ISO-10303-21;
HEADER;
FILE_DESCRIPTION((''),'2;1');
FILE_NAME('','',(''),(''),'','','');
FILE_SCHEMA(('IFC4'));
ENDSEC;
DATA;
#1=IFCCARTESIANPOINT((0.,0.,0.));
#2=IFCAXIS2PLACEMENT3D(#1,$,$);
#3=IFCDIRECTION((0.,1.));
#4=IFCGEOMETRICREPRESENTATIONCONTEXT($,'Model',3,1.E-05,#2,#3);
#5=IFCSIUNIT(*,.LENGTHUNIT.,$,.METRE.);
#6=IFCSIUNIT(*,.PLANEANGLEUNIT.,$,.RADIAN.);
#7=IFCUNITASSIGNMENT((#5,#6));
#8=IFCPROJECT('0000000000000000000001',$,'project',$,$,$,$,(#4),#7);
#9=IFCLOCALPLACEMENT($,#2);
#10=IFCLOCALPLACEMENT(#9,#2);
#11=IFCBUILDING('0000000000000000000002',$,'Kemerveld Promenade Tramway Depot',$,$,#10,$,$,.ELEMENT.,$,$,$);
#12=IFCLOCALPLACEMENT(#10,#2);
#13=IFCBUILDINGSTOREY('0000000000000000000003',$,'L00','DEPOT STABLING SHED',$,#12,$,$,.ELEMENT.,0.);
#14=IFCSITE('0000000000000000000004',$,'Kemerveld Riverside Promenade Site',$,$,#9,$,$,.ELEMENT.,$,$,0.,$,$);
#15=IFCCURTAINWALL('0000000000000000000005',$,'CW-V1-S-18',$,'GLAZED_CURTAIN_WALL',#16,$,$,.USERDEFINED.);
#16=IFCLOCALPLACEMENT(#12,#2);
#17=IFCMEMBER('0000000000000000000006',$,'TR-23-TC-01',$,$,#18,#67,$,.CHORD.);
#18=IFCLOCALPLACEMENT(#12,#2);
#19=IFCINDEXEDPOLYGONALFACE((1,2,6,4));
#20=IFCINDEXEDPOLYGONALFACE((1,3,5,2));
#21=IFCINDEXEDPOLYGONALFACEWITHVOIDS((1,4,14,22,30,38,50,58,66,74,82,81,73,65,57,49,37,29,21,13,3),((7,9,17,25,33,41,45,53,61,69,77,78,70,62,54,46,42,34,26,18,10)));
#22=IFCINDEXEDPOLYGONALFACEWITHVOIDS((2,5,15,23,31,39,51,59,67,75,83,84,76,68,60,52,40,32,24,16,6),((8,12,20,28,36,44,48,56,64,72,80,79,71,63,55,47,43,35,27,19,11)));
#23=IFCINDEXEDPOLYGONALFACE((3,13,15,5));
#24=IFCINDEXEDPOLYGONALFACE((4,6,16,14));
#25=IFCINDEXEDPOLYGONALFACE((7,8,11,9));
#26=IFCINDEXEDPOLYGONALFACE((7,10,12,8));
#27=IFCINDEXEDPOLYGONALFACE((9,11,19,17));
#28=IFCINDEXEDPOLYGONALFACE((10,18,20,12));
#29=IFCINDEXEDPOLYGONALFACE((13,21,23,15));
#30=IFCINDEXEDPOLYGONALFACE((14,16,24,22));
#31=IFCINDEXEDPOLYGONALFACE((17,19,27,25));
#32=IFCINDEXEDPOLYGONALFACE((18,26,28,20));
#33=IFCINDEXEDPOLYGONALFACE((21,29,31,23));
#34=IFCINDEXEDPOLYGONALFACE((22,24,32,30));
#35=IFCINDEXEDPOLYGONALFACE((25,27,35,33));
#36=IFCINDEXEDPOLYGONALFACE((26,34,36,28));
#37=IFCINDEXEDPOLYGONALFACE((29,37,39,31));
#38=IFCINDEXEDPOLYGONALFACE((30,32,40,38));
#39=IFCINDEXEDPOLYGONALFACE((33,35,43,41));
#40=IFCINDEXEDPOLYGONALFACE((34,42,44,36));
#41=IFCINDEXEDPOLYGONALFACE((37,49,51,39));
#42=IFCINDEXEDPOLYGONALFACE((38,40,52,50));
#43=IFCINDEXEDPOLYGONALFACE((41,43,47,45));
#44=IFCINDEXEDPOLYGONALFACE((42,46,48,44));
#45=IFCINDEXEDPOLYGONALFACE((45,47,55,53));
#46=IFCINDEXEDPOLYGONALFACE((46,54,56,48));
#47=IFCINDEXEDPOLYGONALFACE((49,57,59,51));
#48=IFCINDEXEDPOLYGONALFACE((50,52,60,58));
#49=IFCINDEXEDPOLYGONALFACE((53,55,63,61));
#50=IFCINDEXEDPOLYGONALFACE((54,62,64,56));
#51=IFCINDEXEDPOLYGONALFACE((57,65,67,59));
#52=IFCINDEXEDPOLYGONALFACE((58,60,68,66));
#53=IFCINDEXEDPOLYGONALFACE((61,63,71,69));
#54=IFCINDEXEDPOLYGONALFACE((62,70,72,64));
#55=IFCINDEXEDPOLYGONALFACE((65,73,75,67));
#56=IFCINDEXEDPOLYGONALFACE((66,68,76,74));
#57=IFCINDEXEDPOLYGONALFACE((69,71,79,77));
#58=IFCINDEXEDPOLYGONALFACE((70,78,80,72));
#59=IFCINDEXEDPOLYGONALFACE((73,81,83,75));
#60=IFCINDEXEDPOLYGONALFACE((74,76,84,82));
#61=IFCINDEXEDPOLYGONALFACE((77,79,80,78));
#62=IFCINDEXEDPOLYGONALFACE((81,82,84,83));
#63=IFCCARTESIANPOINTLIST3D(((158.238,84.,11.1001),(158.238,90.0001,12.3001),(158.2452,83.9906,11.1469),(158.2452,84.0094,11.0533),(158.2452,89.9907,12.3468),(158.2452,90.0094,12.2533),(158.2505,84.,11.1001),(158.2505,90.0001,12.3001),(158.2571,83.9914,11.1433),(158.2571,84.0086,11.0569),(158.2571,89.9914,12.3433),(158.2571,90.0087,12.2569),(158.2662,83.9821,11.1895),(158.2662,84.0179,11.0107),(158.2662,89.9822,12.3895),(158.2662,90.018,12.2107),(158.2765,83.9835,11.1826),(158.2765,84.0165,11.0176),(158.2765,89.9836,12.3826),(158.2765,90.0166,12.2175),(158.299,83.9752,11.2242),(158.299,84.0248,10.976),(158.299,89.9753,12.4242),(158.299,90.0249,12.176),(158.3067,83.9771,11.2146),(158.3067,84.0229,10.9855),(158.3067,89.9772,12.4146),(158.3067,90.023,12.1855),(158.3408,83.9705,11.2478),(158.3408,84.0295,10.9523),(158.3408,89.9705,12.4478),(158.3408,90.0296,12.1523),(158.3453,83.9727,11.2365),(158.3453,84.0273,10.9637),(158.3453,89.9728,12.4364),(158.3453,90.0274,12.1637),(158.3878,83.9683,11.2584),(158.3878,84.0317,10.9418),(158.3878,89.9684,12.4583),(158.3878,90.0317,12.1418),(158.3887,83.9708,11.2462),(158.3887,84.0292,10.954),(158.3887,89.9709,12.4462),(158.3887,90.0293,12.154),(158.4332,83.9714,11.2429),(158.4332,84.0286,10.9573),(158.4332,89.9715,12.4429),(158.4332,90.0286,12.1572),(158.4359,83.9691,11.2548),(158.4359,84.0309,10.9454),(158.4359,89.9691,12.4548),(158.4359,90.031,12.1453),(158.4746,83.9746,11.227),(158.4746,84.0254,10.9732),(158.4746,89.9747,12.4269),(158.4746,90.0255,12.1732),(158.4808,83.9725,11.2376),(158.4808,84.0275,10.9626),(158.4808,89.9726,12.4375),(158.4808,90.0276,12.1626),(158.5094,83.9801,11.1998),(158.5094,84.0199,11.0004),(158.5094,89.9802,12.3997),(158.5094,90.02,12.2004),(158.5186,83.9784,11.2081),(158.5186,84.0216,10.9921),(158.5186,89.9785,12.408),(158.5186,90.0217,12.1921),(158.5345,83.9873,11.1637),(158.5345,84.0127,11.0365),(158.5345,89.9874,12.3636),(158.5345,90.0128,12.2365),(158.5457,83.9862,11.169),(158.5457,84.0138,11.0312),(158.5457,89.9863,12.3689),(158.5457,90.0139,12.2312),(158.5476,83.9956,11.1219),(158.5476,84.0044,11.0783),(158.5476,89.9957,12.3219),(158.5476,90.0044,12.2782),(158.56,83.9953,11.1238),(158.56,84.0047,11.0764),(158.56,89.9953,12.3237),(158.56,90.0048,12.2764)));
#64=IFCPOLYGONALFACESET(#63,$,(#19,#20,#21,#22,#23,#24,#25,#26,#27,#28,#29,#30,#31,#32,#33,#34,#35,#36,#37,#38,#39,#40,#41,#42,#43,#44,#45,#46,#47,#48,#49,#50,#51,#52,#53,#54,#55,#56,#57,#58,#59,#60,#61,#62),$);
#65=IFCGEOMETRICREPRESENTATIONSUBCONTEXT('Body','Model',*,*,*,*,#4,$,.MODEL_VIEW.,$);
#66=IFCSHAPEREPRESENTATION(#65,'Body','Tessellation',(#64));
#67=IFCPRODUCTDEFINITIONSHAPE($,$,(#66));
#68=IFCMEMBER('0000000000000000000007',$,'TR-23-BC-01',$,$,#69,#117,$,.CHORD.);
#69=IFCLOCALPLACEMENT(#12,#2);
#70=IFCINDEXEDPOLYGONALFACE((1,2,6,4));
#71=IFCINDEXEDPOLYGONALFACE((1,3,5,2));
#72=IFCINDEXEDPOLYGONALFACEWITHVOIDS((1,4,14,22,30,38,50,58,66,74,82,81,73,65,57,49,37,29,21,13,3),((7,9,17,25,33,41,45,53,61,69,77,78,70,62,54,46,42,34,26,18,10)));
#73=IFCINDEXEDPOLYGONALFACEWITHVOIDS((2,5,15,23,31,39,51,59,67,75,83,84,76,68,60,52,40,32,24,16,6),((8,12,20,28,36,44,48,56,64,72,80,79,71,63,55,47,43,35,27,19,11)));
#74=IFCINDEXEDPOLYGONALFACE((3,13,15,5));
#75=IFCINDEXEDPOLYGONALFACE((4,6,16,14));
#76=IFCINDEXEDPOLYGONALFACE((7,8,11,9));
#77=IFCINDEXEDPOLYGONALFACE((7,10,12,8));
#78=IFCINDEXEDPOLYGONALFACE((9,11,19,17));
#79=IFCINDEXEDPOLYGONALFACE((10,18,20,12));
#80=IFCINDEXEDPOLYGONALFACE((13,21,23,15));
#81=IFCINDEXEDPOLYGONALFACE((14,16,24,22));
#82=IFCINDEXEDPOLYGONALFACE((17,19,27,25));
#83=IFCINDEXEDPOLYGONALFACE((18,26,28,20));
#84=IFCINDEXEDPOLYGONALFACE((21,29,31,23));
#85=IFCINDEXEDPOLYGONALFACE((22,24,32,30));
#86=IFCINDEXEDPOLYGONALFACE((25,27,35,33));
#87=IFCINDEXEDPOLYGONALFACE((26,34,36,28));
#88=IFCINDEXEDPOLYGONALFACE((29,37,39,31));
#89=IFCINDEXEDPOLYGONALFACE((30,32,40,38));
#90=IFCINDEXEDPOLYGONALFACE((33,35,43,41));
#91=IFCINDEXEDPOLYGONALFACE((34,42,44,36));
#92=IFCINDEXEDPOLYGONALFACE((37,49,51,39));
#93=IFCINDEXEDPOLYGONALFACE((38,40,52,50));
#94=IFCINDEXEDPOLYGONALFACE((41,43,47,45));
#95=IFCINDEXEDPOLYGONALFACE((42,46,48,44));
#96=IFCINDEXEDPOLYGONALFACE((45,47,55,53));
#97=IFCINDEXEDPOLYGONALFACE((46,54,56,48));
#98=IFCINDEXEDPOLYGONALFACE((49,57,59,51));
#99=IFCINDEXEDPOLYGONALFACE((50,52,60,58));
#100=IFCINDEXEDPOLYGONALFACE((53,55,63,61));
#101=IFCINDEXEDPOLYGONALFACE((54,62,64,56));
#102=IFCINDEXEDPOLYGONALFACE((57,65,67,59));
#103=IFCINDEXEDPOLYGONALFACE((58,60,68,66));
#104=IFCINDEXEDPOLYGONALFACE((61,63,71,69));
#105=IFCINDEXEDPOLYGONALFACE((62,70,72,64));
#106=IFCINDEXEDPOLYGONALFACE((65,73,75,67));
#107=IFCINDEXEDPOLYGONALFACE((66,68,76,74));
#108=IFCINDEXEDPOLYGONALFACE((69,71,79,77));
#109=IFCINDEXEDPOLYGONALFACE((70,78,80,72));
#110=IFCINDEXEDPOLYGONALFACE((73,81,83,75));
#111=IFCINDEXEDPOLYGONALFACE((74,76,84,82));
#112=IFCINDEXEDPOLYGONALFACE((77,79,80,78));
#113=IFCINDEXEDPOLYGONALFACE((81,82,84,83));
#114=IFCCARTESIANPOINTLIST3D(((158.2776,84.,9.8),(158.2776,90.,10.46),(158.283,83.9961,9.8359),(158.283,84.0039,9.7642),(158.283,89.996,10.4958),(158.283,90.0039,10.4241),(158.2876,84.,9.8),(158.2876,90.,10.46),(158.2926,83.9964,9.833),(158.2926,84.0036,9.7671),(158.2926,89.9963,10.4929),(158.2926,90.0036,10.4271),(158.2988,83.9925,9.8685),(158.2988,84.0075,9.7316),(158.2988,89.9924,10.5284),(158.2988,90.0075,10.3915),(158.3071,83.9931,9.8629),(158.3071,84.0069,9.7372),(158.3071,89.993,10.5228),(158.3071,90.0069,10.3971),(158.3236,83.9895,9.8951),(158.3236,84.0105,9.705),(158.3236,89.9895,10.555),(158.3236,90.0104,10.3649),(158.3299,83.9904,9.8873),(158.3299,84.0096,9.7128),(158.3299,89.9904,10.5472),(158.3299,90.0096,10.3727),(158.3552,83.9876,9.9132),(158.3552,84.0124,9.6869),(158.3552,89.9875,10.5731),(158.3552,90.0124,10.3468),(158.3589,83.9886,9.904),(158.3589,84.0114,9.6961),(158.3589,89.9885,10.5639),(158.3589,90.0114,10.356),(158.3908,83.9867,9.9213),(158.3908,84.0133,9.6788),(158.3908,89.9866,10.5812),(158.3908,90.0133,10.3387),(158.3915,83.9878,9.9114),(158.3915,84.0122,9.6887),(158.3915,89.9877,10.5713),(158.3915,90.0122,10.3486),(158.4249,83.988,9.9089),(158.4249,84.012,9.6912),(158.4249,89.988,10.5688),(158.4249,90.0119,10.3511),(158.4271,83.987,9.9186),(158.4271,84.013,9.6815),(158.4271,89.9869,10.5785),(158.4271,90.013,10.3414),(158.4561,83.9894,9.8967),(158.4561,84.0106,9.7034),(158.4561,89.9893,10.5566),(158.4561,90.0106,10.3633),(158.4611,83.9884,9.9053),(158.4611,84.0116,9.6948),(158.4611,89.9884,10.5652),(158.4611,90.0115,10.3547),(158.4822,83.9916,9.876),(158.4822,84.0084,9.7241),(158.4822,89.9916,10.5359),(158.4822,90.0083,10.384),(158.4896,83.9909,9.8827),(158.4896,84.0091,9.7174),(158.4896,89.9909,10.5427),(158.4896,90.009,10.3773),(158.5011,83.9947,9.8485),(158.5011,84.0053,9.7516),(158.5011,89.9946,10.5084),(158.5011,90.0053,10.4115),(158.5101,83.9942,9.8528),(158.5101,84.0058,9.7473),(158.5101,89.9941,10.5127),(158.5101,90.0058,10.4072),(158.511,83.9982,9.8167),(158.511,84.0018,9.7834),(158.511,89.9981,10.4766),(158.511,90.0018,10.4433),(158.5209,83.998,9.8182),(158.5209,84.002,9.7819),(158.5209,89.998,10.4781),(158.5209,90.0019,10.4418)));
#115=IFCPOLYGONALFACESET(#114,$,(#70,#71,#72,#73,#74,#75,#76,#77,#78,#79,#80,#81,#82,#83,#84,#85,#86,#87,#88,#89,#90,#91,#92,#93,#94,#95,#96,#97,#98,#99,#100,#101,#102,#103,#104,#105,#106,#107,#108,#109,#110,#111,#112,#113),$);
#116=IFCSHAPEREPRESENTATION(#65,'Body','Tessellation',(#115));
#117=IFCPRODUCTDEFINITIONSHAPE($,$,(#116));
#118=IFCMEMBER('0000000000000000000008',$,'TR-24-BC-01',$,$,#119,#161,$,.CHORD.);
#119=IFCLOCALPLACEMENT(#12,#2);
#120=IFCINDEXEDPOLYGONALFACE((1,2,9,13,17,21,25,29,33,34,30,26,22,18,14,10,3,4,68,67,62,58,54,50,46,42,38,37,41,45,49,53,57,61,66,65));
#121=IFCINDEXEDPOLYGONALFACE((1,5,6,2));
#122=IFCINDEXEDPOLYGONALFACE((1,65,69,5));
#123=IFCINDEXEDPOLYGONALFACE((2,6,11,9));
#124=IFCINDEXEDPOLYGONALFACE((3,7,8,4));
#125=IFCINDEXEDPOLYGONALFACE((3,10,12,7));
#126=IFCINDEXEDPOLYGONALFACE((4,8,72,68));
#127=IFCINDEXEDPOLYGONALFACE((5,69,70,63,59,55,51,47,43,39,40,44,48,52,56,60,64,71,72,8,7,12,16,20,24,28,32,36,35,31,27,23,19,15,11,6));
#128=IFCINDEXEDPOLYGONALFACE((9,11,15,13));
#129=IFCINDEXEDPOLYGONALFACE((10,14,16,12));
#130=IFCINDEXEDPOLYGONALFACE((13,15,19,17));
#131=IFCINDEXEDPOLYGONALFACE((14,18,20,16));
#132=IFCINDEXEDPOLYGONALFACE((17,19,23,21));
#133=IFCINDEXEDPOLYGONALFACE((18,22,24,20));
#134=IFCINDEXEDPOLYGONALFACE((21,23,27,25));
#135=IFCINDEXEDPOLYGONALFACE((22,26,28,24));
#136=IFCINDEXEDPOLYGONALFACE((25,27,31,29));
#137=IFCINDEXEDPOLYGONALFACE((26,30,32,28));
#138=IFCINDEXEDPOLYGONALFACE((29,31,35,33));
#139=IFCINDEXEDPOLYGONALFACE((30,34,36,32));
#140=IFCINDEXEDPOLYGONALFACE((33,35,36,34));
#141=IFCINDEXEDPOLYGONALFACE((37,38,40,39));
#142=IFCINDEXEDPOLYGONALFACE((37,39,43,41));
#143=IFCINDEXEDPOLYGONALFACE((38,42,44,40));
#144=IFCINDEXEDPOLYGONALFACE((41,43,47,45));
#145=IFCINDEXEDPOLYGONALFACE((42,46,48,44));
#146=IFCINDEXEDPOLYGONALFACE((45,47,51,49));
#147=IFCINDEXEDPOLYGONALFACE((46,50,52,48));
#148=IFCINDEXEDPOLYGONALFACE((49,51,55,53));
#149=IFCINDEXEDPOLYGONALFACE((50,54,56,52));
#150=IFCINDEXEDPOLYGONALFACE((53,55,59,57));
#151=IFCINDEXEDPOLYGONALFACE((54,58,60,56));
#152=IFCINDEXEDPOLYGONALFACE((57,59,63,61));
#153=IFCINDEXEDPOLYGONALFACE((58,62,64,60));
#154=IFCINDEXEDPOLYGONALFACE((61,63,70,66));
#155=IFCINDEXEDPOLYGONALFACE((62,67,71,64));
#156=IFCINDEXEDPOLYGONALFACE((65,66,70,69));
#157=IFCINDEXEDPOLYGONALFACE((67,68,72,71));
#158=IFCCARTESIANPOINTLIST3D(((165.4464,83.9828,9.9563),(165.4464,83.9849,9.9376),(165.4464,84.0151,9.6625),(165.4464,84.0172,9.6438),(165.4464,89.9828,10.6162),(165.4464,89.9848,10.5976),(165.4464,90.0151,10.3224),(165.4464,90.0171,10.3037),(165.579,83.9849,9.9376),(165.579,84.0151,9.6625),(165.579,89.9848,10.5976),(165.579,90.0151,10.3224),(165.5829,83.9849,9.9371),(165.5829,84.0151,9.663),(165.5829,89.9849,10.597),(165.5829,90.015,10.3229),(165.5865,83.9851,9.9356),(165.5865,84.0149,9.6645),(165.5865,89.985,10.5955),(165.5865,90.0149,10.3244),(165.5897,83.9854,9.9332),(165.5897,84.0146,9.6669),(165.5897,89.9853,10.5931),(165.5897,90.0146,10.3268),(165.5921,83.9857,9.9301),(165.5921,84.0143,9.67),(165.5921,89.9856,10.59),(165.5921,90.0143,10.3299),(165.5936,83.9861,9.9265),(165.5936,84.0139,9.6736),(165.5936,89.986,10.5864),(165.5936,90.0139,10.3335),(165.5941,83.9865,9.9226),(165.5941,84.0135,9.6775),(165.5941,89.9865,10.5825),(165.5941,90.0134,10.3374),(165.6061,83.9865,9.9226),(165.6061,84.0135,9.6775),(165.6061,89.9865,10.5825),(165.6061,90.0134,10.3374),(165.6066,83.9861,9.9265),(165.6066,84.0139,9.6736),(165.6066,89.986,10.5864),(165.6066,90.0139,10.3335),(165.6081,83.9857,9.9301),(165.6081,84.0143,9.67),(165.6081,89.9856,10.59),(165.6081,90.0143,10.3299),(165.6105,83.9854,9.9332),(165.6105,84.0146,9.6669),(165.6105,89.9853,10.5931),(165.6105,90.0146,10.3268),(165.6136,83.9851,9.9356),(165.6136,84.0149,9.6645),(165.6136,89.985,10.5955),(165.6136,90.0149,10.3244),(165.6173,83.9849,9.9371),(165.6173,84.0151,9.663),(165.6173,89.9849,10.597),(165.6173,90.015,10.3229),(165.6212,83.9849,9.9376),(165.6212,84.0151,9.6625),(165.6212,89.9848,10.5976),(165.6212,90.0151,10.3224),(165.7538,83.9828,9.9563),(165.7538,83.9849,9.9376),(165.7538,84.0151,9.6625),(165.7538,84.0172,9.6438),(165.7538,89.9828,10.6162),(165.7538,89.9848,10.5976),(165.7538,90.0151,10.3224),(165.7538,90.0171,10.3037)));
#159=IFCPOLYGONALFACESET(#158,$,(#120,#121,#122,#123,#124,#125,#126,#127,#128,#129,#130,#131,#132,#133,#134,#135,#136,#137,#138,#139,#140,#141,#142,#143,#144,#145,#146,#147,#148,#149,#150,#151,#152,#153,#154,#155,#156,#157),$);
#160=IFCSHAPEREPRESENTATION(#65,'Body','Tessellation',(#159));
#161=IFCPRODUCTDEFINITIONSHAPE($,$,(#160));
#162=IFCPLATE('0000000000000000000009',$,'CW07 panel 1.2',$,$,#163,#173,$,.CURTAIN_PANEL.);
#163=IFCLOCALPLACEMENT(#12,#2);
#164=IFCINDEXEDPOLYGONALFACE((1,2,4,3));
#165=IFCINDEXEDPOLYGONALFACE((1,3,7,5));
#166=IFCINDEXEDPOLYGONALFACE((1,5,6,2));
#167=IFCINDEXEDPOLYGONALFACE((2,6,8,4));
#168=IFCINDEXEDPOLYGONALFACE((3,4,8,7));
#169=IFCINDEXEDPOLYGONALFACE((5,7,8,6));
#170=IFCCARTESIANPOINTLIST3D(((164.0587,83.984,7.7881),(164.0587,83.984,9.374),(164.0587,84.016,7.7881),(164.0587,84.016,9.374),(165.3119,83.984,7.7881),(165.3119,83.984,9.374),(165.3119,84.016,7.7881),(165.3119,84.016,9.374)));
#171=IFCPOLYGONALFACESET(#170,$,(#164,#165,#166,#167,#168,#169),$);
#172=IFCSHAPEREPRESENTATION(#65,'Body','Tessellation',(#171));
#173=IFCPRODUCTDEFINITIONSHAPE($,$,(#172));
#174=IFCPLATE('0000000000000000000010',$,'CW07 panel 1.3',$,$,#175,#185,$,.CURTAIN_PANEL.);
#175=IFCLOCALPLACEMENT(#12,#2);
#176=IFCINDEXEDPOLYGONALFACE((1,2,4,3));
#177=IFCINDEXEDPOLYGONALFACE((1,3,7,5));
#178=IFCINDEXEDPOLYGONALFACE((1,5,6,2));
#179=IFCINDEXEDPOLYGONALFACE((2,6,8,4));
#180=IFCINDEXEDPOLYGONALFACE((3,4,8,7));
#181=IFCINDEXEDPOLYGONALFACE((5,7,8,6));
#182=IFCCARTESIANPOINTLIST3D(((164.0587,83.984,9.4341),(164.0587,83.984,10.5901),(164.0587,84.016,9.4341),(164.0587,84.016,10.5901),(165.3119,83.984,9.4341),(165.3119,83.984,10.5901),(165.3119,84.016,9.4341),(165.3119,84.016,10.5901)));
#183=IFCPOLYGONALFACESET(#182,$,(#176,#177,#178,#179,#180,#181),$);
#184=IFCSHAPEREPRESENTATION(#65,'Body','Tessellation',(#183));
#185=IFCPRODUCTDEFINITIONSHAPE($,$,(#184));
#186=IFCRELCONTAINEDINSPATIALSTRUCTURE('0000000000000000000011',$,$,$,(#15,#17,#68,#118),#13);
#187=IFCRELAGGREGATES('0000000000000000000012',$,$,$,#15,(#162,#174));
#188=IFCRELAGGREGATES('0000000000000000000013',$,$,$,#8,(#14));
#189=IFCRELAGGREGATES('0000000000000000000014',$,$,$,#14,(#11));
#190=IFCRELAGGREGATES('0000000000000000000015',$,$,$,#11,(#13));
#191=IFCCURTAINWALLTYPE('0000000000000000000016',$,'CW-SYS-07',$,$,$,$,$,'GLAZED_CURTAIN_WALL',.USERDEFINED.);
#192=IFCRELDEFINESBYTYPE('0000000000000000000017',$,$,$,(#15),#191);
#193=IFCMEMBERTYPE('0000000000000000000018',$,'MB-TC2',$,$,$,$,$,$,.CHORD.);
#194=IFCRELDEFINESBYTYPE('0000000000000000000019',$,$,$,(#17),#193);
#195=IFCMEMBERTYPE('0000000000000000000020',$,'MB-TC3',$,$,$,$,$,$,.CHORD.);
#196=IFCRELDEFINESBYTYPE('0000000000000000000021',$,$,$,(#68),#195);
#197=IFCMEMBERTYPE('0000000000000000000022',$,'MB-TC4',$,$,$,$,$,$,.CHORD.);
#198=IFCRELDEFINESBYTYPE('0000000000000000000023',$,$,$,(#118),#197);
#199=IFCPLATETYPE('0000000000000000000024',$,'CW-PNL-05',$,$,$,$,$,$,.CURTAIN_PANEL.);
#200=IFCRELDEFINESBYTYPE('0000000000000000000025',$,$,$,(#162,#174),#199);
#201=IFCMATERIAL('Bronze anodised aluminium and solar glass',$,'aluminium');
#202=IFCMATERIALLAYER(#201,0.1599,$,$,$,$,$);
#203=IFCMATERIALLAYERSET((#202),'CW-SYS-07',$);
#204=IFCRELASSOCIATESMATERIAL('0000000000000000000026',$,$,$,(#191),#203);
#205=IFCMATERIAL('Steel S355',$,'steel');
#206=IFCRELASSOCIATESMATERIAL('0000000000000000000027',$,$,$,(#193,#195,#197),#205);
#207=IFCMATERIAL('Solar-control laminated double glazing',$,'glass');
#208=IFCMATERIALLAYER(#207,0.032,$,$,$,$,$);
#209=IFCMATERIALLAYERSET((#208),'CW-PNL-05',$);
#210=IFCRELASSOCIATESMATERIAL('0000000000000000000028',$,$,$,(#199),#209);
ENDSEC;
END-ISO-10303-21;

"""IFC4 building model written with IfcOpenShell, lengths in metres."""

from ifc_helpers import new_model, si_unit, direction, frame, origin, origin_2d, place, context, subcontext, project, spatial, rectangle, hollow_circle, i_section, extrude, material, layer, layer_set, material_profile, profile_set, type_object, element, aggregate, save


model = new_model("IFC4")

# Units and contexts
model_context = context("Model", 3, precision=1e-05, world=origin(), true_north=direction((0.0, 1.0)))
body_context = subcontext(model_context, "Body", "Model", "MODEL_VIEW")
ifc_project = project(units=[si_unit("LENGTHUNIT", "METRE"), si_unit("PLANEANGLEUNIT", "RADIAN")], contexts=[model_context])

# Site, building, storey
site_placement = place(None, origin())
site = spatial("IfcSite", under=ifc_project, at=site_placement, Name="Kemerveld Riverside Promenade Site", CompositionType="ELEMENT", RefElevation=0.0)
building_placement = place(site_placement, origin())
building = spatial("IfcBuilding", under=site, at=building_placement, Name="Kemerveld Promenade Tramway Depot", CompositionType="ELEMENT")
storey_placement = place(building_placement, origin())
storey = spatial("IfcBuildingStorey", under=building, at=storey_placement, Name="L00", Description="DEPOT STABLING SHED", CompositionType="ELEMENT", Elevation=0.0)

# Shared definitions
ifc_material_1 = material(Name="Steel S355", Category="steel")

# Curtain wall
ifc_material_2 = material(Name="Bronze anodised aluminium and solar glass", Category="aluminium")
ifc_layer_1 = layer(ifc_material_2, 0.1599)
ifc_layer_set_1 = layer_set([ifc_layer_1], Name="CW-SYS-07")
curtain_wall_type_1 = type_object("IfcCurtainWallType", Name="CW-SYS-07", ElementType="GLAZED_CURTAIN_WALL", PredefinedType="USERDEFINED", material=ifc_layer_set_1)
curtain_wall_1_placement = place(storey_placement, origin())
curtain_wall_1 = element("IfcCurtainWall", 1, at=curtain_wall_1_placement, inside=storey, type_object=curtain_wall_type_1, Name="CW-V1-S-18", ObjectType="GLAZED_CURTAIN_WALL", PredefinedType="USERDEFINED")

# Members
ifc_material_profile_1 = material_profile(ifc_material_1, hollow_circle(Radius=0.1619, WallThickness=0.0125, at=origin_2d()), Name="323.9x12.5 CHS")
ifc_profile_set_1 = profile_set([ifc_material_profile_1], Name="Steel S355")
member_type_1 = type_object("IfcMemberType", Name="MB-TC2", PredefinedType="CHORD", material=ifc_profile_set_1)
member_1_placement = place(storey_placement, frame((158.3999, 84.0, 11.1001), z_axis=(0.0, 0.980582, 0.196108), x_axis=(-1.0, 0.0, 0.0)))
element("IfcMember", 2, at=member_1_placement, inside=storey, type_object=member_type_1, Name="TR-23-TC-01", PredefinedType="CHORD", context=body_context, shape_type="SweptSolid", body=[
    extrude(hollow_circle(Radius=0.1619, WallThickness=0.0125, at=origin_2d()), origin(), (0.0, 0.0, 1.0), 6.1189),
])
ifc_material_profile_2 = material_profile(ifc_material_1, hollow_circle(Radius=0.1223, WallThickness=0.01, at=origin_2d()), Name="244.5x10.0 CHS")
ifc_profile_set_2 = profile_set([ifc_material_profile_2], Name="Steel S355")
member_type_2 = type_object("IfcMemberType", Name="MB-TC3", PredefinedType="CHORD", material=ifc_profile_set_2)
member_2_placement = place(storey_placement, frame((158.3999, 84.0, 9.8), z_axis=(0.0, 0.994006, 0.109326), x_axis=(-1.0, 0.0, 0.0)))
element("IfcMember", 3, at=member_2_placement, inside=storey, type_object=member_type_2, Name="TR-23-BC-01", PredefinedType="CHORD", context=body_context, shape_type="SweptSolid", body=[
    extrude(hollow_circle(Radius=0.1223, WallThickness=0.01, at=origin_2d()), origin(), (0.0, 0.0, 1.0), 6.0361),
])
ifc_material_profile_3 = material_profile(ifc_material_1, i_section(OverallWidth=0.3074, OverallDepth=0.3145, WebThickness=0.012, FlangeThickness=0.0188, FilletRadius=0.0151, at=origin_2d()), Name="305x305x118 UC")
ifc_profile_set_3 = profile_set([ifc_material_profile_3], Name="Steel S355")
member_type_3 = type_object("IfcMemberType", Name="MB-TC4", PredefinedType="CHORD", material=ifc_profile_set_3)
member_3_placement = place(storey_placement, frame((165.6001, 84.0, 9.8), z_axis=(0.0, 0.994006, 0.109326), x_axis=(-1.0, 0.0, 0.0)))
element("IfcMember", 4, at=member_3_placement, inside=storey, type_object=member_type_3, Name="TR-24-BC-01", PredefinedType="CHORD", context=body_context, shape_type="SweptSolid", body=[
    extrude(i_section(OverallWidth=0.3074, OverallDepth=0.3145, WebThickness=0.012, FlangeThickness=0.0188, FilletRadius=0.0151, at=origin_2d()), origin(), (0.0, 0.0, 1.0), 6.0361),
])

# Plates
ifc_material_3 = material(Name="Solar-control laminated double glazing", Category="glass")
ifc_layer_2 = layer(ifc_material_3, 0.032)
ifc_layer_set_2 = layer_set([ifc_layer_2], Name="CW-PNL-05")
plate_type_1 = type_object("IfcPlateType", Name="CW-PNL-05", PredefinedType="CURTAIN_PANEL", material=ifc_layer_set_2)
plate_1_placement = place(storey_placement, frame((164.6853, 84.0, 7.7881), z_axis=(0.0, 0.0, 1.0), x_axis=(-1.0, 0.0, 0.0)))
plate_1 = element("IfcPlate", 5, at=plate_1_placement, type_object=plate_type_1, Name="CW07 panel 1.2", PredefinedType="CURTAIN_PANEL", context=body_context, shape_type="SweptSolid", body=[
    extrude(rectangle(XDim=1.2532, YDim=0.032, at=origin_2d()), origin(), (0.0, 0.0, 1.0), 1.5859),
])
plate_2_placement = place(storey_placement, frame((164.6853, 84.0, 9.4341), z_axis=(0.0, 0.0, 1.0), x_axis=(-1.0, 0.0, 0.0)))
plate_2 = element("IfcPlate", 6, at=plate_2_placement, type_object=plate_type_1, Name="CW07 panel 1.3", PredefinedType="CURTAIN_PANEL", context=body_context, shape_type="SweptSolid", body=[
    extrude(rectangle(XDim=1.2532, YDim=0.032, at=origin_2d()), origin(), (0.0, 0.0, 1.0), 1.156),
])
aggregate(curtain_wall_1, [plate_1, plate_2])

save(model, "model.ifc")
